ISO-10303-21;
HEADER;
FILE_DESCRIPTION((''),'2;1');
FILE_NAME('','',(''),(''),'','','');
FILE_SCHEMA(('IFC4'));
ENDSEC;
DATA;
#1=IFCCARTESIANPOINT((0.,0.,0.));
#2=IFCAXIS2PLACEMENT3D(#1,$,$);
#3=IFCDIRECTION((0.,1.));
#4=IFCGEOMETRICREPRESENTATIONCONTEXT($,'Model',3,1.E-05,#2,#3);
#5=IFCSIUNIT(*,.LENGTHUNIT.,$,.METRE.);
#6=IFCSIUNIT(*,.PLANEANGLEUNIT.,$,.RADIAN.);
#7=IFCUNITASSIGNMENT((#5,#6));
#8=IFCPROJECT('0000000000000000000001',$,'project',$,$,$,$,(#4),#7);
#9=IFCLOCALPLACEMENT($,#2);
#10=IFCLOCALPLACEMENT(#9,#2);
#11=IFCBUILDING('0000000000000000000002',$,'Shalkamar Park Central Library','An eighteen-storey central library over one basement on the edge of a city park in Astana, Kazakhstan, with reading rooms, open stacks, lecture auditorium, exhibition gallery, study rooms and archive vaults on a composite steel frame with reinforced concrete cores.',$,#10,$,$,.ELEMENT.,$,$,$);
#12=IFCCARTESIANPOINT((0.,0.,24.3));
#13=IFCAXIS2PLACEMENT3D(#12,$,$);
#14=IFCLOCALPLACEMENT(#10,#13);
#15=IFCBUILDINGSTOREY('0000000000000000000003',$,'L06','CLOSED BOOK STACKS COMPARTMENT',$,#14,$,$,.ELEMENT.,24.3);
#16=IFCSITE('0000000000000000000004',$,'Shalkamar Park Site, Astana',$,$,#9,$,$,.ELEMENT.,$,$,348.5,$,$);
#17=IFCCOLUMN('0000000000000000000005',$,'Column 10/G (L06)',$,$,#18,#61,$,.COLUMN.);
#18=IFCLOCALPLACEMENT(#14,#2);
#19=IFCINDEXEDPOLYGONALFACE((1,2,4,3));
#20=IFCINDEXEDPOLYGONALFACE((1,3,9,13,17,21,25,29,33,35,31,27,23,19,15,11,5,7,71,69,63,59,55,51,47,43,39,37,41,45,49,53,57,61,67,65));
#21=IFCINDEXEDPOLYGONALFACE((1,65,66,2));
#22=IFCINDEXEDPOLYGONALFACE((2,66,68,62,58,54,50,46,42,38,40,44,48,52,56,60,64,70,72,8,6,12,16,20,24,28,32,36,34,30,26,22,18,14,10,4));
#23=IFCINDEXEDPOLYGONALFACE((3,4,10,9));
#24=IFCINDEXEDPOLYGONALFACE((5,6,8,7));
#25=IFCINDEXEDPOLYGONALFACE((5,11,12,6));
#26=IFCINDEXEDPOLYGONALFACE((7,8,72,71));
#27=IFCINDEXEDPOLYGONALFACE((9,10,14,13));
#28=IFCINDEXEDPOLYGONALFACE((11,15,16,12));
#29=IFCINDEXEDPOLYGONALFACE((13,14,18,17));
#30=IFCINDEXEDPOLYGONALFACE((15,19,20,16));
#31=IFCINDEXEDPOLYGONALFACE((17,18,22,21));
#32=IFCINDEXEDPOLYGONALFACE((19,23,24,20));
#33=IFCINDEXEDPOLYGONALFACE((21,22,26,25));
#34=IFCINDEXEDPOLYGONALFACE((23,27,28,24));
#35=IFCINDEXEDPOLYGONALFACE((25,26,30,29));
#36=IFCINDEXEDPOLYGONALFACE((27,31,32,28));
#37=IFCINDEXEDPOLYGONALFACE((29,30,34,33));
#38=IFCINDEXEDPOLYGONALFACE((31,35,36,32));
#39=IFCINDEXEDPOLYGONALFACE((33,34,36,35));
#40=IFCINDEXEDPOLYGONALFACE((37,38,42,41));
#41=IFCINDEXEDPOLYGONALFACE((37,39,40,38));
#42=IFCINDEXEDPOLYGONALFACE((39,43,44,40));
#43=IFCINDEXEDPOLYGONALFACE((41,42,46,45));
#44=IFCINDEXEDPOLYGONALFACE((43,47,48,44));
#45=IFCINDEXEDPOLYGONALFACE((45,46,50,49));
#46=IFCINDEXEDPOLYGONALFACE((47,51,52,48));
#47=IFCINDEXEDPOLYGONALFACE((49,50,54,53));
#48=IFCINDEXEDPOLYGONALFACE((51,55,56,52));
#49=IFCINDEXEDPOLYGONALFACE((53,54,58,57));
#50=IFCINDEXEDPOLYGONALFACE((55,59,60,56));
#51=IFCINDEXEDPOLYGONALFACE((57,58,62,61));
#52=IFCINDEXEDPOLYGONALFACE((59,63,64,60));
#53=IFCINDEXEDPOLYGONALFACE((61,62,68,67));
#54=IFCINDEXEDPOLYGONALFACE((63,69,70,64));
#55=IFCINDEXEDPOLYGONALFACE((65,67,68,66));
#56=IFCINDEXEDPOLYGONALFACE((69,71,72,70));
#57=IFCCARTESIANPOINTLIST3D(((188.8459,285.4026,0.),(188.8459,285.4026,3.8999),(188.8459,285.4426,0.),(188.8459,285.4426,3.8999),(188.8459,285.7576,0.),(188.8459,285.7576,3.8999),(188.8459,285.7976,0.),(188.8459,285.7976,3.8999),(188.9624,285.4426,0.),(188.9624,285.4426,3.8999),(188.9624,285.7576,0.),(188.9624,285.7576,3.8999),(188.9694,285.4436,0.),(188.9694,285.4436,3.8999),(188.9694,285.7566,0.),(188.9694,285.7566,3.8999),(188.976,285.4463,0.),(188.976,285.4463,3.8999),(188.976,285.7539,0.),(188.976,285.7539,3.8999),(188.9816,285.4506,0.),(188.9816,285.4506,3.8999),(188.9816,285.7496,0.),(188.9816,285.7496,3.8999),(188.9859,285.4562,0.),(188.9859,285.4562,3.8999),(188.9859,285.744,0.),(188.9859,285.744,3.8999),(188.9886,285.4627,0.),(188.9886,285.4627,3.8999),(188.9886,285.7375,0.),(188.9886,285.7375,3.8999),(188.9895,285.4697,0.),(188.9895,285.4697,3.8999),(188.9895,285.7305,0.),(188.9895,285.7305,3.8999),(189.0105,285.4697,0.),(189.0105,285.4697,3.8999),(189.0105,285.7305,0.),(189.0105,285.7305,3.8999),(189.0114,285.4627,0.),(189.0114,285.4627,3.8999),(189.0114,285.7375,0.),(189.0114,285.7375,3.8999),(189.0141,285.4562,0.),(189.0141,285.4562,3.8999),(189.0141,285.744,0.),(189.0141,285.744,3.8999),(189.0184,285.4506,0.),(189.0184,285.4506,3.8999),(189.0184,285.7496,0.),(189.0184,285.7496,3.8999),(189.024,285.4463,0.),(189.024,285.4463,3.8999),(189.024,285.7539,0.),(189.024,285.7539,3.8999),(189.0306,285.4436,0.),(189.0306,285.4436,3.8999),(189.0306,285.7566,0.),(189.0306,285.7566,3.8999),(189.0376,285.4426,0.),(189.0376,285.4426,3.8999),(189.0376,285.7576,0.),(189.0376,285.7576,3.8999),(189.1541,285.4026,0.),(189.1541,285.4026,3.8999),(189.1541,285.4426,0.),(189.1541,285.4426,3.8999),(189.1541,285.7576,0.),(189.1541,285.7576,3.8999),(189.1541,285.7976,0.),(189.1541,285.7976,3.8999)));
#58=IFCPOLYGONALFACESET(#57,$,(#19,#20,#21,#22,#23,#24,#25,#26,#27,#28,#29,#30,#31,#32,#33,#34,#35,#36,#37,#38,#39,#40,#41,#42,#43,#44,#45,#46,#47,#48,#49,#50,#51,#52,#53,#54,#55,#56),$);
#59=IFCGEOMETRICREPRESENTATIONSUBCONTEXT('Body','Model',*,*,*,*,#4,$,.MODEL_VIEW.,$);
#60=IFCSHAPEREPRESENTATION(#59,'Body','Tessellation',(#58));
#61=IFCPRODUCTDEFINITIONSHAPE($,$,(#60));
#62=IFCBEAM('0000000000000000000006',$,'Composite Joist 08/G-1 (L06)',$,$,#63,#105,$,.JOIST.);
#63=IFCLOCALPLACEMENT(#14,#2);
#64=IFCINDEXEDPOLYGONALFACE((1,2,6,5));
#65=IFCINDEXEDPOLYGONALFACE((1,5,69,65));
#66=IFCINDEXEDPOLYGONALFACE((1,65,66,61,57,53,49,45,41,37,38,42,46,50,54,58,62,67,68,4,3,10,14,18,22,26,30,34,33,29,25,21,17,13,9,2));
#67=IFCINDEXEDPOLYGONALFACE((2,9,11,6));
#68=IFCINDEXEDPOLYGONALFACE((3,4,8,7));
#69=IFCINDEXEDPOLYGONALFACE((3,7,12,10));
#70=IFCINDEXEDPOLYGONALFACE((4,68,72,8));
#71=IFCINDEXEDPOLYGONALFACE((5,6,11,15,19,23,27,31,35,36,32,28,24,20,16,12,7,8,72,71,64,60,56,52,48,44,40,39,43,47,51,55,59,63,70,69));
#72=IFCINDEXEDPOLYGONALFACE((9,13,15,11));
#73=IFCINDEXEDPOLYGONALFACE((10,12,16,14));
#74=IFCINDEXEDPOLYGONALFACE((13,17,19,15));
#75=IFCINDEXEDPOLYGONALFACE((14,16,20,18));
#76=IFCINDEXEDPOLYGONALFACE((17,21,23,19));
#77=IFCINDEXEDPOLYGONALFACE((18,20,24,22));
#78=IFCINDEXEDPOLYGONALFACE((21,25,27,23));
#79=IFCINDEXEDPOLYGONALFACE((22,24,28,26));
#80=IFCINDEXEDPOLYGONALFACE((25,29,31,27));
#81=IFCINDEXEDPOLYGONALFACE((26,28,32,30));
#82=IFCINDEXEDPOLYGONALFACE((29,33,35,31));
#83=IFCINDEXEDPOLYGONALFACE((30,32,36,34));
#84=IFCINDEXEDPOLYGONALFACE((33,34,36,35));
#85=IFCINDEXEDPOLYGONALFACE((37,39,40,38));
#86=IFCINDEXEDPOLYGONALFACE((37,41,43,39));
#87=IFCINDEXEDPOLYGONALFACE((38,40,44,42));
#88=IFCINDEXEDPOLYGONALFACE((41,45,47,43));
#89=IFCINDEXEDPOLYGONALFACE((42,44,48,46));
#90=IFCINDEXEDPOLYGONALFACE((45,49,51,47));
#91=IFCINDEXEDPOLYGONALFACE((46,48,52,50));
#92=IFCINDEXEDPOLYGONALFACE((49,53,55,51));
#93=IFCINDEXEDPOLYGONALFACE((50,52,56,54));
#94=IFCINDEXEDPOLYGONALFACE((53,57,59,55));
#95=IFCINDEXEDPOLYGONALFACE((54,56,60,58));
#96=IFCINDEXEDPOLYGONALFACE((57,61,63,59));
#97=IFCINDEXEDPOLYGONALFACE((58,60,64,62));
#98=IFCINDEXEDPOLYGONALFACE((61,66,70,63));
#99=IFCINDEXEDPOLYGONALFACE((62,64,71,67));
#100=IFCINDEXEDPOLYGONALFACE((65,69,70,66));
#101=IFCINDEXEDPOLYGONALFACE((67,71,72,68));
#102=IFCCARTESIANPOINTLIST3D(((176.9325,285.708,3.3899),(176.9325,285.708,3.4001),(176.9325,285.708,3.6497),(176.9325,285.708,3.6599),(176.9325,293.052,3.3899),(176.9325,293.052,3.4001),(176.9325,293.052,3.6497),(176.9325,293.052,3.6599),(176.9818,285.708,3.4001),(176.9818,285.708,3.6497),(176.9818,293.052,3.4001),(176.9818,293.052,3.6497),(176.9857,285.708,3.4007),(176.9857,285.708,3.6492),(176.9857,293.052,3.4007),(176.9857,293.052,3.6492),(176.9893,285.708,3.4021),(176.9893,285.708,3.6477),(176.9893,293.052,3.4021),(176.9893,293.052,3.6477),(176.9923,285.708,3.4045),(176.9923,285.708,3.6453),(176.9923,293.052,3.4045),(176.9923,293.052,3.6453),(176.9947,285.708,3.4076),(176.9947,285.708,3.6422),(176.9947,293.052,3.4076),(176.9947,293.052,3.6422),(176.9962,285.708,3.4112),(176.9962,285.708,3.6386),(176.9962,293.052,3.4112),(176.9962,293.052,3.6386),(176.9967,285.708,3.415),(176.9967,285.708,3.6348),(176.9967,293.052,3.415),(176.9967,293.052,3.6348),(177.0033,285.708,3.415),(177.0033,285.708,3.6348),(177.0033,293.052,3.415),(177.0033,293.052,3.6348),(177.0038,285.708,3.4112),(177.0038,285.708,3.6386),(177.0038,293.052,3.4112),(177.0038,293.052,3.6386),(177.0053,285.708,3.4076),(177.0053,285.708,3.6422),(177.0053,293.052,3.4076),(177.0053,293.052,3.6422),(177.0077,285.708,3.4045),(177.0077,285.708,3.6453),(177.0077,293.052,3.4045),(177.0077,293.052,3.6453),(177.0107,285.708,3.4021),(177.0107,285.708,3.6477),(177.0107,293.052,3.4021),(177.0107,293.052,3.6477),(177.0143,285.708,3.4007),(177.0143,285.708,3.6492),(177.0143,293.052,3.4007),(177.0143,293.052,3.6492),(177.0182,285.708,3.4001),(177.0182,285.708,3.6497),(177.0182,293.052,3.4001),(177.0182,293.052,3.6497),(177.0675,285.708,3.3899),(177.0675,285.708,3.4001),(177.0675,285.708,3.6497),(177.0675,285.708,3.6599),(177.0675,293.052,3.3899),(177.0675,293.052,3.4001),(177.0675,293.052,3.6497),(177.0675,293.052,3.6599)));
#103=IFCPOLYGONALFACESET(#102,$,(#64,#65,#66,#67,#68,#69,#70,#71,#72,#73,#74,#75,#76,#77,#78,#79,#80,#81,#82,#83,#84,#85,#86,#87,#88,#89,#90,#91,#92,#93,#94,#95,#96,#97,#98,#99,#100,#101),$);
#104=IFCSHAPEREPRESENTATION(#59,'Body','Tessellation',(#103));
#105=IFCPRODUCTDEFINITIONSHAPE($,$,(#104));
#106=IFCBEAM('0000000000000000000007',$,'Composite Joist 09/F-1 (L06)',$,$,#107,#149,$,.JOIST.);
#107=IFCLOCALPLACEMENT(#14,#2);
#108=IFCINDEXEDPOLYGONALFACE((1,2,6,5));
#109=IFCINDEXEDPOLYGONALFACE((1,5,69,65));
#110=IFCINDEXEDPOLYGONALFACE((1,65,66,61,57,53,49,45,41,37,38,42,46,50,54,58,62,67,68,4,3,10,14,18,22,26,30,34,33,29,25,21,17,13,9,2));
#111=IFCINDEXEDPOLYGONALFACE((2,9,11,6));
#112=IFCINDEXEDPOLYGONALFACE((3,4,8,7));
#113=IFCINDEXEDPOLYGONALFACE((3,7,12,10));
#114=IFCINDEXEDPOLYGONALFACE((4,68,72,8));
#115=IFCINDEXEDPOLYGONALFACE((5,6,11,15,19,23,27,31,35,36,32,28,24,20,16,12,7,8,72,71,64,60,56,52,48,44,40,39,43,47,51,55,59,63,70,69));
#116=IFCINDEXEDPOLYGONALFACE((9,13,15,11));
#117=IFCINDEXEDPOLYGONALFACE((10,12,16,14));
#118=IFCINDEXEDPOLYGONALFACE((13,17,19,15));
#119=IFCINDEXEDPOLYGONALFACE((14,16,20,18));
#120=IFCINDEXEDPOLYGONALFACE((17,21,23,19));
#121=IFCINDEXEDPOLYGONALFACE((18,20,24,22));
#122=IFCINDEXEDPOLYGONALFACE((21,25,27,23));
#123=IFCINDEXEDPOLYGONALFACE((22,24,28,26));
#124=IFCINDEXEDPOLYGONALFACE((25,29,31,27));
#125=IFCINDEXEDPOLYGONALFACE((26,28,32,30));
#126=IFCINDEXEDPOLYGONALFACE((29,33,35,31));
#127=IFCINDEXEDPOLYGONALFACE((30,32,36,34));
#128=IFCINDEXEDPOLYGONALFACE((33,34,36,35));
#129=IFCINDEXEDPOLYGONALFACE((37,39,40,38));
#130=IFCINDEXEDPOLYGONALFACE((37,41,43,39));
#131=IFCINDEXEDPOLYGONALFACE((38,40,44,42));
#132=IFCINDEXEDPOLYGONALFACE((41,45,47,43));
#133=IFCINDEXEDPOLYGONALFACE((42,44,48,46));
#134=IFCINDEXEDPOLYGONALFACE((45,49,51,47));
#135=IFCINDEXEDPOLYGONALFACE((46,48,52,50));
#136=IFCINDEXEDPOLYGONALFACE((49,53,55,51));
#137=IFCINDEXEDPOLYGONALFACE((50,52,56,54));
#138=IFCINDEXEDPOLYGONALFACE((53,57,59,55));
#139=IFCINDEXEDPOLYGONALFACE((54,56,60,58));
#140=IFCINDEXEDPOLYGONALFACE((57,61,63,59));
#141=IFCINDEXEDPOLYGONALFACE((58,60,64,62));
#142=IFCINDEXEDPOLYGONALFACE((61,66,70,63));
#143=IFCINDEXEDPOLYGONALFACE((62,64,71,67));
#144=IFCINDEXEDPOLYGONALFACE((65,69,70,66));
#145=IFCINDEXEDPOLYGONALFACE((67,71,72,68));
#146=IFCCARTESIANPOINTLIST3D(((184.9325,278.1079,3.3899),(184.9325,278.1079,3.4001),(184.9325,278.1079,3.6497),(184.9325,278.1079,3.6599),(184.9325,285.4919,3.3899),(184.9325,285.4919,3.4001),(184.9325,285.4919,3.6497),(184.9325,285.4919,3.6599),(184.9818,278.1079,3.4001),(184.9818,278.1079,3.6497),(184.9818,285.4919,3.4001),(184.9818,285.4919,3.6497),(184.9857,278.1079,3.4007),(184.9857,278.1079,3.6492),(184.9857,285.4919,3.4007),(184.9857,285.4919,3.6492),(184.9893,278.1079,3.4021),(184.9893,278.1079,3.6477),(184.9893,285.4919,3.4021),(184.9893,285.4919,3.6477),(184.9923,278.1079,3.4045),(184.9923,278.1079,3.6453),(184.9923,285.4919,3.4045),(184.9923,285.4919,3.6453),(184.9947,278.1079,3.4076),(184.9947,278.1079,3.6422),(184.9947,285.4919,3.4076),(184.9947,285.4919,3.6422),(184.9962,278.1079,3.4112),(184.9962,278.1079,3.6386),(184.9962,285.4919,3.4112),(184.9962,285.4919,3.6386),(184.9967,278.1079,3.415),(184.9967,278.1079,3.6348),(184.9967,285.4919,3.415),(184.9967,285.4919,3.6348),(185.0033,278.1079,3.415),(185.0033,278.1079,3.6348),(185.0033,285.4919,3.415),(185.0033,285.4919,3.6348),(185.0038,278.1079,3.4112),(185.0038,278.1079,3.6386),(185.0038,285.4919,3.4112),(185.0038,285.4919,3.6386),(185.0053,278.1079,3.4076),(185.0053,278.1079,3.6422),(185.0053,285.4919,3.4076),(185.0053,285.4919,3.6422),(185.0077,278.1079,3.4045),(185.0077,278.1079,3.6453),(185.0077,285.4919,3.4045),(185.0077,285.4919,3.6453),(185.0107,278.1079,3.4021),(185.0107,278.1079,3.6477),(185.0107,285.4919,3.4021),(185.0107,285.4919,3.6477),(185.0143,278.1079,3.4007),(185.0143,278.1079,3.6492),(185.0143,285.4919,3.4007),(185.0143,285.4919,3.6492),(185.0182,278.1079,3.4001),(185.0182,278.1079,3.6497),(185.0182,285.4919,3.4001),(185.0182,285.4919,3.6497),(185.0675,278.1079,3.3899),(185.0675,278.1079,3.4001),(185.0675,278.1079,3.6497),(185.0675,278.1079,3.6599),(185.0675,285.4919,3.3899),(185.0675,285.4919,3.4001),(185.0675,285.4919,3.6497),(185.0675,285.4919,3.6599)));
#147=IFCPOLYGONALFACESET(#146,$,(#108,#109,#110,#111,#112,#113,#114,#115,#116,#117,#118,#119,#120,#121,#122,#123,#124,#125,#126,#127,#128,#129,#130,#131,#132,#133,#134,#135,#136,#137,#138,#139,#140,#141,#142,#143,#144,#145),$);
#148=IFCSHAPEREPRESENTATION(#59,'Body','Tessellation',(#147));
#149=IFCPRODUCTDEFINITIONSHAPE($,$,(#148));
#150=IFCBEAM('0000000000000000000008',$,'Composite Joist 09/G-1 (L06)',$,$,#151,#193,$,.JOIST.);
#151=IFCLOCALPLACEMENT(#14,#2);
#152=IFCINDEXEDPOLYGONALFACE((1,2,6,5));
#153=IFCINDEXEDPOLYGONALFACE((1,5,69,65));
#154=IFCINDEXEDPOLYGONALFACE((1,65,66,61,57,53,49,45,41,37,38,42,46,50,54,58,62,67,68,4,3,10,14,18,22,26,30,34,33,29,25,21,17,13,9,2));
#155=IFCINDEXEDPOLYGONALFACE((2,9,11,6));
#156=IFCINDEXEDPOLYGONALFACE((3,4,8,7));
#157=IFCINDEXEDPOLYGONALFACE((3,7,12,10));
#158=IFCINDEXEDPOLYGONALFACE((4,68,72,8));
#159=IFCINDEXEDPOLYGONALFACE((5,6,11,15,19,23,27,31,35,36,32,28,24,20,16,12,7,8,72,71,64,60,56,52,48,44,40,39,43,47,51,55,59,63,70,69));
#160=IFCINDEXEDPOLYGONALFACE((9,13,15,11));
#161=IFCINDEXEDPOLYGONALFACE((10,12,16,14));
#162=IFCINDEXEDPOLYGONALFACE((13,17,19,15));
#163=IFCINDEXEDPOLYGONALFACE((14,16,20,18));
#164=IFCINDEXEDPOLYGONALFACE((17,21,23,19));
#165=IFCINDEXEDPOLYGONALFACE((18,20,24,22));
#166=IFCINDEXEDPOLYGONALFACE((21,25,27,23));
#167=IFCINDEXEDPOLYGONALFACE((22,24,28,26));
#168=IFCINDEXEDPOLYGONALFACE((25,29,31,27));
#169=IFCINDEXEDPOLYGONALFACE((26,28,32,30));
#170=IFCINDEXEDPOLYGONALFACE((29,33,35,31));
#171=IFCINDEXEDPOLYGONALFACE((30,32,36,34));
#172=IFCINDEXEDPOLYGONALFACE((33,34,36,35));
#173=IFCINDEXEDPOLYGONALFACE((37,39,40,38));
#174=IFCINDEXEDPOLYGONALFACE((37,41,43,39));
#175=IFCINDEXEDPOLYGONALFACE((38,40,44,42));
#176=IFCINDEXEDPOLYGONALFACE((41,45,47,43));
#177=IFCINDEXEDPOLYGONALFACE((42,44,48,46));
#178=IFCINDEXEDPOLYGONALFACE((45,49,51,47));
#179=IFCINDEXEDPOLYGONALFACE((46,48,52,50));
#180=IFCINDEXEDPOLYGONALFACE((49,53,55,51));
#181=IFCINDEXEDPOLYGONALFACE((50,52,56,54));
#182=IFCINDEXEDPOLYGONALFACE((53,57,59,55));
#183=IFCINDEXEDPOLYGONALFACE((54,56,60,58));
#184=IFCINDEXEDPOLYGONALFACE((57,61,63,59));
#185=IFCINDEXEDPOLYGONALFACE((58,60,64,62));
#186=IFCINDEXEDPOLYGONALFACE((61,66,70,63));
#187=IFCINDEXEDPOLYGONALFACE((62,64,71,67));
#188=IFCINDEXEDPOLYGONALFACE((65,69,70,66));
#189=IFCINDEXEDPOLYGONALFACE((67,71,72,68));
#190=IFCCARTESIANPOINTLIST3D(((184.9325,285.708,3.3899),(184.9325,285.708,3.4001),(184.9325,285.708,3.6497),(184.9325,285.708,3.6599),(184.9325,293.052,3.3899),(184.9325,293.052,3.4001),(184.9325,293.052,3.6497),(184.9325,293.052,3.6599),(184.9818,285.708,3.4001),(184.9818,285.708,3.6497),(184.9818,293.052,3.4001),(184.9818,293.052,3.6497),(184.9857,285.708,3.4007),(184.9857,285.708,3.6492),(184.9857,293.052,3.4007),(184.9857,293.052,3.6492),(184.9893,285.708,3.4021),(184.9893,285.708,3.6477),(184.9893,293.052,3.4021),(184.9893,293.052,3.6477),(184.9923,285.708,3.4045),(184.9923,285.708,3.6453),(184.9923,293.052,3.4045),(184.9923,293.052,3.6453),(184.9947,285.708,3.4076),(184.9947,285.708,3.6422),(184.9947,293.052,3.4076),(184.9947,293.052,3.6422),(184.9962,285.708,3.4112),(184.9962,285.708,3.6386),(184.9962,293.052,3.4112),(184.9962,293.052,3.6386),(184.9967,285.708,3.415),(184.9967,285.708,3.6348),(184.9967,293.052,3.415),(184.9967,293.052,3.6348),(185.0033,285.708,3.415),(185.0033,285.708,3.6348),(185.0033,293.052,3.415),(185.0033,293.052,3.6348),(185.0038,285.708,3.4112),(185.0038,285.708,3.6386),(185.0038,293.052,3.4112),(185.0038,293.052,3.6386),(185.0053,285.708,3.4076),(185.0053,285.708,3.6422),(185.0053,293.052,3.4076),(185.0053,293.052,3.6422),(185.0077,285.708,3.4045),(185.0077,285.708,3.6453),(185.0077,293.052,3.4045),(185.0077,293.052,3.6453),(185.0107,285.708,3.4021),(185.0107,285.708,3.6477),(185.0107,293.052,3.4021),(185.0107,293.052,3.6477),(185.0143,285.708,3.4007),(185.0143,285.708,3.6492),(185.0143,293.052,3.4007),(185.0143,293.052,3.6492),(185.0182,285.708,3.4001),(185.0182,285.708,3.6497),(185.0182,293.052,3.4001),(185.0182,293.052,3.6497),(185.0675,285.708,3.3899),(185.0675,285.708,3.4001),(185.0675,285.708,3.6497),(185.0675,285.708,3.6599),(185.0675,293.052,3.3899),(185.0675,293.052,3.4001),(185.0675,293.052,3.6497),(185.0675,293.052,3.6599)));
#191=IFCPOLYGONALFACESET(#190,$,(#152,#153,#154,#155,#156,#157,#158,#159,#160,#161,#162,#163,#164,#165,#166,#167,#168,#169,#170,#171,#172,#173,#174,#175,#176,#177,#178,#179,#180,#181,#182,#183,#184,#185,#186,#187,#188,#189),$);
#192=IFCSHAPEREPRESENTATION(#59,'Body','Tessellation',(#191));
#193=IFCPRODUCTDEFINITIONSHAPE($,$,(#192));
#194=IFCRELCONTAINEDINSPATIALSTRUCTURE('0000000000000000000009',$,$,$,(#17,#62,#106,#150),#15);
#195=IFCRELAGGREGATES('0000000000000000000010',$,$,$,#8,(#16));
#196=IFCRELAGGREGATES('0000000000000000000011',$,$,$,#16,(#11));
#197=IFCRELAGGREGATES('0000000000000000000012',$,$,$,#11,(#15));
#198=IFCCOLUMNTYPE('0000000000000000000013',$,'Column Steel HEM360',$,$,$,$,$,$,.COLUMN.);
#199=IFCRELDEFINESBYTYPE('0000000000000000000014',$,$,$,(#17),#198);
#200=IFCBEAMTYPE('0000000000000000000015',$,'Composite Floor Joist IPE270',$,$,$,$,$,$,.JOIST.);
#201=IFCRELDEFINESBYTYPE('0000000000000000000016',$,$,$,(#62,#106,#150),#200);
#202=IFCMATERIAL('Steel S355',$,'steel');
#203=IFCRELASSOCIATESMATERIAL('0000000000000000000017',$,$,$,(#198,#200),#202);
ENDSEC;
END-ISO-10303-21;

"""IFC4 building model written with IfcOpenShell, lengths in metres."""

from ifc_helpers import new_model, si_unit, direction, frame, origin, origin_2d, place, context, subcontext, project, spatial, i_section, extrude, material, material_profile, profile_set, type_object, element, save


model = new_model("IFC4")

# Units and contexts
model_context = context("Model", 3, precision=1e-05, world=origin(), true_north=direction((0.0, 1.0)))
body_context = subcontext(model_context, "Body", "Model", "MODEL_VIEW")
ifc_project = project(units=[si_unit("LENGTHUNIT", "METRE"), si_unit("PLANEANGLEUNIT", "RADIAN")], contexts=[model_context])

# Site, building, storey
site_placement = place(None, origin())
site = spatial("IfcSite", under=ifc_project, at=site_placement, Name="Shalkamar Park Site, Astana", CompositionType="ELEMENT", RefElevation=348.5)
building_placement = place(site_placement, origin())
building = spatial("IfcBuilding", under=site, at=building_placement, Name="Shalkamar Park Central Library", Description="An eighteen-storey central library over one basement on the edge of a city park in Astana, Kazakhstan, with reading rooms, open stacks, lecture auditorium, exhibition gallery, study rooms and archive vaults on a composite steel frame with reinforced concrete cores.", CompositionType="ELEMENT")
storey_placement = place(building_placement, frame((0.0, 0.0, 24.3)))
storey = spatial("IfcBuildingStorey", under=building, at=storey_placement, Name="L06", Description="CLOSED BOOK STACKS COMPARTMENT", CompositionType="ELEMENT", Elevation=24.3)

# Column
ifc_material_1 = material(Name="Steel S355", Category="steel")
ifc_material_profile_1 = material_profile(ifc_material_1, i_section(OverallWidth=0.3081, OverallDepth=0.395, WebThickness=0.021, FlangeThickness=0.04, FilletRadius=0.0271, at=origin_2d()), Name="HEM 360")
ifc_profile_set_1 = profile_set([ifc_material_profile_1], Name="Steel S355")
column_type_1 = type_object("IfcColumnType", Name="Column Steel HEM360", PredefinedType="COLUMN", material=ifc_profile_set_1)
for number, where, z_axis, x_axis, name in (
    (1, (189.0, 285.6001, 0.0), (0.0, 0.0, 1.0), (1.0, 0.0, 0.0), "Column 10/G (L06)"),
):
    element("IfcColumn", number, at=place(storey_placement, frame(where, z_axis=z_axis, x_axis=x_axis)), inside=storey, type_object=column_type_1, Name=name, PredefinedType="COLUMN", context=body_context, shape_type="SweptSolid", body=[
        extrude(i_section(OverallWidth=0.3081, OverallDepth=0.395, WebThickness=0.021, FlangeThickness=0.04, FilletRadius=0.0271, at=origin_2d()), origin(), (0.0, 0.0, 1.0), 3.8999),
    ])

# Beams
ifc_material_profile_2 = material_profile(ifc_material_1, i_section(OverallWidth=0.135, OverallDepth=0.27, WebThickness=0.0066, FlangeThickness=0.0103, FilletRadius=0.0149, at=origin_2d()), Name="IPE 270")
ifc_profile_set_2 = profile_set([ifc_material_profile_2], Name="Steel S355")
beam_type_1 = type_object("IfcBeamType", Name="Composite Floor Joist IPE270", PredefinedType="JOIST", material=ifc_profile_set_2)
beam_1_placement = place(storey_placement, frame((177.0, 285.708, 3.5249), z_axis=(0.0, 1.0, 0.0), x_axis=(-1.0, 0.0, 0.0)))
element("IfcBeam", 2, at=beam_1_placement, inside=storey, type_object=beam_type_1, Name="Composite Joist 08/G-1 (L06)", PredefinedType="JOIST", context=body_context, shape_type="SweptSolid", body=[
    extrude(i_section(OverallWidth=0.135, OverallDepth=0.27, WebThickness=0.0066, FlangeThickness=0.0103, FilletRadius=0.0149, at=origin_2d()), origin(), (0.0, 0.0, 1.0), 7.344),
])
beam_2_placement = place(storey_placement, frame((185.0, 278.1079, 3.5249), z_axis=(0.0, 1.0, 0.0), x_axis=(-1.0, 0.0, 0.0)))
element("IfcBeam", 3, at=beam_2_placement, inside=storey, type_object=beam_type_1, Name="Composite Joist 09/F-1 (L06)", PredefinedType="JOIST", context=body_context, shape_type="SweptSolid", body=[
    extrude(i_section(OverallWidth=0.135, OverallDepth=0.27, WebThickness=0.0066, FlangeThickness=0.0103, FilletRadius=0.0149, at=origin_2d()), origin(), (0.0, 0.0, 1.0), 7.384),
])
beam_3_placement = place(storey_placement, frame((185.0, 285.708, 3.5249), z_axis=(0.0, 1.0, 0.0), x_axis=(-1.0, 0.0, 0.0)))
element("IfcBeam", 4, at=beam_3_placement, inside=storey, type_object=beam_type_1, Name="Composite Joist 09/G-1 (L06)", PredefinedType="JOIST", context=body_context, shape_type="SweptSolid", body=[
    extrude(i_section(OverallWidth=0.135, OverallDepth=0.27, WebThickness=0.0066, FlangeThickness=0.0103, FilletRadius=0.0149, at=origin_2d()), origin(), (0.0, 0.0, 1.0), 7.344),
])

save(model, "model.ifc")
